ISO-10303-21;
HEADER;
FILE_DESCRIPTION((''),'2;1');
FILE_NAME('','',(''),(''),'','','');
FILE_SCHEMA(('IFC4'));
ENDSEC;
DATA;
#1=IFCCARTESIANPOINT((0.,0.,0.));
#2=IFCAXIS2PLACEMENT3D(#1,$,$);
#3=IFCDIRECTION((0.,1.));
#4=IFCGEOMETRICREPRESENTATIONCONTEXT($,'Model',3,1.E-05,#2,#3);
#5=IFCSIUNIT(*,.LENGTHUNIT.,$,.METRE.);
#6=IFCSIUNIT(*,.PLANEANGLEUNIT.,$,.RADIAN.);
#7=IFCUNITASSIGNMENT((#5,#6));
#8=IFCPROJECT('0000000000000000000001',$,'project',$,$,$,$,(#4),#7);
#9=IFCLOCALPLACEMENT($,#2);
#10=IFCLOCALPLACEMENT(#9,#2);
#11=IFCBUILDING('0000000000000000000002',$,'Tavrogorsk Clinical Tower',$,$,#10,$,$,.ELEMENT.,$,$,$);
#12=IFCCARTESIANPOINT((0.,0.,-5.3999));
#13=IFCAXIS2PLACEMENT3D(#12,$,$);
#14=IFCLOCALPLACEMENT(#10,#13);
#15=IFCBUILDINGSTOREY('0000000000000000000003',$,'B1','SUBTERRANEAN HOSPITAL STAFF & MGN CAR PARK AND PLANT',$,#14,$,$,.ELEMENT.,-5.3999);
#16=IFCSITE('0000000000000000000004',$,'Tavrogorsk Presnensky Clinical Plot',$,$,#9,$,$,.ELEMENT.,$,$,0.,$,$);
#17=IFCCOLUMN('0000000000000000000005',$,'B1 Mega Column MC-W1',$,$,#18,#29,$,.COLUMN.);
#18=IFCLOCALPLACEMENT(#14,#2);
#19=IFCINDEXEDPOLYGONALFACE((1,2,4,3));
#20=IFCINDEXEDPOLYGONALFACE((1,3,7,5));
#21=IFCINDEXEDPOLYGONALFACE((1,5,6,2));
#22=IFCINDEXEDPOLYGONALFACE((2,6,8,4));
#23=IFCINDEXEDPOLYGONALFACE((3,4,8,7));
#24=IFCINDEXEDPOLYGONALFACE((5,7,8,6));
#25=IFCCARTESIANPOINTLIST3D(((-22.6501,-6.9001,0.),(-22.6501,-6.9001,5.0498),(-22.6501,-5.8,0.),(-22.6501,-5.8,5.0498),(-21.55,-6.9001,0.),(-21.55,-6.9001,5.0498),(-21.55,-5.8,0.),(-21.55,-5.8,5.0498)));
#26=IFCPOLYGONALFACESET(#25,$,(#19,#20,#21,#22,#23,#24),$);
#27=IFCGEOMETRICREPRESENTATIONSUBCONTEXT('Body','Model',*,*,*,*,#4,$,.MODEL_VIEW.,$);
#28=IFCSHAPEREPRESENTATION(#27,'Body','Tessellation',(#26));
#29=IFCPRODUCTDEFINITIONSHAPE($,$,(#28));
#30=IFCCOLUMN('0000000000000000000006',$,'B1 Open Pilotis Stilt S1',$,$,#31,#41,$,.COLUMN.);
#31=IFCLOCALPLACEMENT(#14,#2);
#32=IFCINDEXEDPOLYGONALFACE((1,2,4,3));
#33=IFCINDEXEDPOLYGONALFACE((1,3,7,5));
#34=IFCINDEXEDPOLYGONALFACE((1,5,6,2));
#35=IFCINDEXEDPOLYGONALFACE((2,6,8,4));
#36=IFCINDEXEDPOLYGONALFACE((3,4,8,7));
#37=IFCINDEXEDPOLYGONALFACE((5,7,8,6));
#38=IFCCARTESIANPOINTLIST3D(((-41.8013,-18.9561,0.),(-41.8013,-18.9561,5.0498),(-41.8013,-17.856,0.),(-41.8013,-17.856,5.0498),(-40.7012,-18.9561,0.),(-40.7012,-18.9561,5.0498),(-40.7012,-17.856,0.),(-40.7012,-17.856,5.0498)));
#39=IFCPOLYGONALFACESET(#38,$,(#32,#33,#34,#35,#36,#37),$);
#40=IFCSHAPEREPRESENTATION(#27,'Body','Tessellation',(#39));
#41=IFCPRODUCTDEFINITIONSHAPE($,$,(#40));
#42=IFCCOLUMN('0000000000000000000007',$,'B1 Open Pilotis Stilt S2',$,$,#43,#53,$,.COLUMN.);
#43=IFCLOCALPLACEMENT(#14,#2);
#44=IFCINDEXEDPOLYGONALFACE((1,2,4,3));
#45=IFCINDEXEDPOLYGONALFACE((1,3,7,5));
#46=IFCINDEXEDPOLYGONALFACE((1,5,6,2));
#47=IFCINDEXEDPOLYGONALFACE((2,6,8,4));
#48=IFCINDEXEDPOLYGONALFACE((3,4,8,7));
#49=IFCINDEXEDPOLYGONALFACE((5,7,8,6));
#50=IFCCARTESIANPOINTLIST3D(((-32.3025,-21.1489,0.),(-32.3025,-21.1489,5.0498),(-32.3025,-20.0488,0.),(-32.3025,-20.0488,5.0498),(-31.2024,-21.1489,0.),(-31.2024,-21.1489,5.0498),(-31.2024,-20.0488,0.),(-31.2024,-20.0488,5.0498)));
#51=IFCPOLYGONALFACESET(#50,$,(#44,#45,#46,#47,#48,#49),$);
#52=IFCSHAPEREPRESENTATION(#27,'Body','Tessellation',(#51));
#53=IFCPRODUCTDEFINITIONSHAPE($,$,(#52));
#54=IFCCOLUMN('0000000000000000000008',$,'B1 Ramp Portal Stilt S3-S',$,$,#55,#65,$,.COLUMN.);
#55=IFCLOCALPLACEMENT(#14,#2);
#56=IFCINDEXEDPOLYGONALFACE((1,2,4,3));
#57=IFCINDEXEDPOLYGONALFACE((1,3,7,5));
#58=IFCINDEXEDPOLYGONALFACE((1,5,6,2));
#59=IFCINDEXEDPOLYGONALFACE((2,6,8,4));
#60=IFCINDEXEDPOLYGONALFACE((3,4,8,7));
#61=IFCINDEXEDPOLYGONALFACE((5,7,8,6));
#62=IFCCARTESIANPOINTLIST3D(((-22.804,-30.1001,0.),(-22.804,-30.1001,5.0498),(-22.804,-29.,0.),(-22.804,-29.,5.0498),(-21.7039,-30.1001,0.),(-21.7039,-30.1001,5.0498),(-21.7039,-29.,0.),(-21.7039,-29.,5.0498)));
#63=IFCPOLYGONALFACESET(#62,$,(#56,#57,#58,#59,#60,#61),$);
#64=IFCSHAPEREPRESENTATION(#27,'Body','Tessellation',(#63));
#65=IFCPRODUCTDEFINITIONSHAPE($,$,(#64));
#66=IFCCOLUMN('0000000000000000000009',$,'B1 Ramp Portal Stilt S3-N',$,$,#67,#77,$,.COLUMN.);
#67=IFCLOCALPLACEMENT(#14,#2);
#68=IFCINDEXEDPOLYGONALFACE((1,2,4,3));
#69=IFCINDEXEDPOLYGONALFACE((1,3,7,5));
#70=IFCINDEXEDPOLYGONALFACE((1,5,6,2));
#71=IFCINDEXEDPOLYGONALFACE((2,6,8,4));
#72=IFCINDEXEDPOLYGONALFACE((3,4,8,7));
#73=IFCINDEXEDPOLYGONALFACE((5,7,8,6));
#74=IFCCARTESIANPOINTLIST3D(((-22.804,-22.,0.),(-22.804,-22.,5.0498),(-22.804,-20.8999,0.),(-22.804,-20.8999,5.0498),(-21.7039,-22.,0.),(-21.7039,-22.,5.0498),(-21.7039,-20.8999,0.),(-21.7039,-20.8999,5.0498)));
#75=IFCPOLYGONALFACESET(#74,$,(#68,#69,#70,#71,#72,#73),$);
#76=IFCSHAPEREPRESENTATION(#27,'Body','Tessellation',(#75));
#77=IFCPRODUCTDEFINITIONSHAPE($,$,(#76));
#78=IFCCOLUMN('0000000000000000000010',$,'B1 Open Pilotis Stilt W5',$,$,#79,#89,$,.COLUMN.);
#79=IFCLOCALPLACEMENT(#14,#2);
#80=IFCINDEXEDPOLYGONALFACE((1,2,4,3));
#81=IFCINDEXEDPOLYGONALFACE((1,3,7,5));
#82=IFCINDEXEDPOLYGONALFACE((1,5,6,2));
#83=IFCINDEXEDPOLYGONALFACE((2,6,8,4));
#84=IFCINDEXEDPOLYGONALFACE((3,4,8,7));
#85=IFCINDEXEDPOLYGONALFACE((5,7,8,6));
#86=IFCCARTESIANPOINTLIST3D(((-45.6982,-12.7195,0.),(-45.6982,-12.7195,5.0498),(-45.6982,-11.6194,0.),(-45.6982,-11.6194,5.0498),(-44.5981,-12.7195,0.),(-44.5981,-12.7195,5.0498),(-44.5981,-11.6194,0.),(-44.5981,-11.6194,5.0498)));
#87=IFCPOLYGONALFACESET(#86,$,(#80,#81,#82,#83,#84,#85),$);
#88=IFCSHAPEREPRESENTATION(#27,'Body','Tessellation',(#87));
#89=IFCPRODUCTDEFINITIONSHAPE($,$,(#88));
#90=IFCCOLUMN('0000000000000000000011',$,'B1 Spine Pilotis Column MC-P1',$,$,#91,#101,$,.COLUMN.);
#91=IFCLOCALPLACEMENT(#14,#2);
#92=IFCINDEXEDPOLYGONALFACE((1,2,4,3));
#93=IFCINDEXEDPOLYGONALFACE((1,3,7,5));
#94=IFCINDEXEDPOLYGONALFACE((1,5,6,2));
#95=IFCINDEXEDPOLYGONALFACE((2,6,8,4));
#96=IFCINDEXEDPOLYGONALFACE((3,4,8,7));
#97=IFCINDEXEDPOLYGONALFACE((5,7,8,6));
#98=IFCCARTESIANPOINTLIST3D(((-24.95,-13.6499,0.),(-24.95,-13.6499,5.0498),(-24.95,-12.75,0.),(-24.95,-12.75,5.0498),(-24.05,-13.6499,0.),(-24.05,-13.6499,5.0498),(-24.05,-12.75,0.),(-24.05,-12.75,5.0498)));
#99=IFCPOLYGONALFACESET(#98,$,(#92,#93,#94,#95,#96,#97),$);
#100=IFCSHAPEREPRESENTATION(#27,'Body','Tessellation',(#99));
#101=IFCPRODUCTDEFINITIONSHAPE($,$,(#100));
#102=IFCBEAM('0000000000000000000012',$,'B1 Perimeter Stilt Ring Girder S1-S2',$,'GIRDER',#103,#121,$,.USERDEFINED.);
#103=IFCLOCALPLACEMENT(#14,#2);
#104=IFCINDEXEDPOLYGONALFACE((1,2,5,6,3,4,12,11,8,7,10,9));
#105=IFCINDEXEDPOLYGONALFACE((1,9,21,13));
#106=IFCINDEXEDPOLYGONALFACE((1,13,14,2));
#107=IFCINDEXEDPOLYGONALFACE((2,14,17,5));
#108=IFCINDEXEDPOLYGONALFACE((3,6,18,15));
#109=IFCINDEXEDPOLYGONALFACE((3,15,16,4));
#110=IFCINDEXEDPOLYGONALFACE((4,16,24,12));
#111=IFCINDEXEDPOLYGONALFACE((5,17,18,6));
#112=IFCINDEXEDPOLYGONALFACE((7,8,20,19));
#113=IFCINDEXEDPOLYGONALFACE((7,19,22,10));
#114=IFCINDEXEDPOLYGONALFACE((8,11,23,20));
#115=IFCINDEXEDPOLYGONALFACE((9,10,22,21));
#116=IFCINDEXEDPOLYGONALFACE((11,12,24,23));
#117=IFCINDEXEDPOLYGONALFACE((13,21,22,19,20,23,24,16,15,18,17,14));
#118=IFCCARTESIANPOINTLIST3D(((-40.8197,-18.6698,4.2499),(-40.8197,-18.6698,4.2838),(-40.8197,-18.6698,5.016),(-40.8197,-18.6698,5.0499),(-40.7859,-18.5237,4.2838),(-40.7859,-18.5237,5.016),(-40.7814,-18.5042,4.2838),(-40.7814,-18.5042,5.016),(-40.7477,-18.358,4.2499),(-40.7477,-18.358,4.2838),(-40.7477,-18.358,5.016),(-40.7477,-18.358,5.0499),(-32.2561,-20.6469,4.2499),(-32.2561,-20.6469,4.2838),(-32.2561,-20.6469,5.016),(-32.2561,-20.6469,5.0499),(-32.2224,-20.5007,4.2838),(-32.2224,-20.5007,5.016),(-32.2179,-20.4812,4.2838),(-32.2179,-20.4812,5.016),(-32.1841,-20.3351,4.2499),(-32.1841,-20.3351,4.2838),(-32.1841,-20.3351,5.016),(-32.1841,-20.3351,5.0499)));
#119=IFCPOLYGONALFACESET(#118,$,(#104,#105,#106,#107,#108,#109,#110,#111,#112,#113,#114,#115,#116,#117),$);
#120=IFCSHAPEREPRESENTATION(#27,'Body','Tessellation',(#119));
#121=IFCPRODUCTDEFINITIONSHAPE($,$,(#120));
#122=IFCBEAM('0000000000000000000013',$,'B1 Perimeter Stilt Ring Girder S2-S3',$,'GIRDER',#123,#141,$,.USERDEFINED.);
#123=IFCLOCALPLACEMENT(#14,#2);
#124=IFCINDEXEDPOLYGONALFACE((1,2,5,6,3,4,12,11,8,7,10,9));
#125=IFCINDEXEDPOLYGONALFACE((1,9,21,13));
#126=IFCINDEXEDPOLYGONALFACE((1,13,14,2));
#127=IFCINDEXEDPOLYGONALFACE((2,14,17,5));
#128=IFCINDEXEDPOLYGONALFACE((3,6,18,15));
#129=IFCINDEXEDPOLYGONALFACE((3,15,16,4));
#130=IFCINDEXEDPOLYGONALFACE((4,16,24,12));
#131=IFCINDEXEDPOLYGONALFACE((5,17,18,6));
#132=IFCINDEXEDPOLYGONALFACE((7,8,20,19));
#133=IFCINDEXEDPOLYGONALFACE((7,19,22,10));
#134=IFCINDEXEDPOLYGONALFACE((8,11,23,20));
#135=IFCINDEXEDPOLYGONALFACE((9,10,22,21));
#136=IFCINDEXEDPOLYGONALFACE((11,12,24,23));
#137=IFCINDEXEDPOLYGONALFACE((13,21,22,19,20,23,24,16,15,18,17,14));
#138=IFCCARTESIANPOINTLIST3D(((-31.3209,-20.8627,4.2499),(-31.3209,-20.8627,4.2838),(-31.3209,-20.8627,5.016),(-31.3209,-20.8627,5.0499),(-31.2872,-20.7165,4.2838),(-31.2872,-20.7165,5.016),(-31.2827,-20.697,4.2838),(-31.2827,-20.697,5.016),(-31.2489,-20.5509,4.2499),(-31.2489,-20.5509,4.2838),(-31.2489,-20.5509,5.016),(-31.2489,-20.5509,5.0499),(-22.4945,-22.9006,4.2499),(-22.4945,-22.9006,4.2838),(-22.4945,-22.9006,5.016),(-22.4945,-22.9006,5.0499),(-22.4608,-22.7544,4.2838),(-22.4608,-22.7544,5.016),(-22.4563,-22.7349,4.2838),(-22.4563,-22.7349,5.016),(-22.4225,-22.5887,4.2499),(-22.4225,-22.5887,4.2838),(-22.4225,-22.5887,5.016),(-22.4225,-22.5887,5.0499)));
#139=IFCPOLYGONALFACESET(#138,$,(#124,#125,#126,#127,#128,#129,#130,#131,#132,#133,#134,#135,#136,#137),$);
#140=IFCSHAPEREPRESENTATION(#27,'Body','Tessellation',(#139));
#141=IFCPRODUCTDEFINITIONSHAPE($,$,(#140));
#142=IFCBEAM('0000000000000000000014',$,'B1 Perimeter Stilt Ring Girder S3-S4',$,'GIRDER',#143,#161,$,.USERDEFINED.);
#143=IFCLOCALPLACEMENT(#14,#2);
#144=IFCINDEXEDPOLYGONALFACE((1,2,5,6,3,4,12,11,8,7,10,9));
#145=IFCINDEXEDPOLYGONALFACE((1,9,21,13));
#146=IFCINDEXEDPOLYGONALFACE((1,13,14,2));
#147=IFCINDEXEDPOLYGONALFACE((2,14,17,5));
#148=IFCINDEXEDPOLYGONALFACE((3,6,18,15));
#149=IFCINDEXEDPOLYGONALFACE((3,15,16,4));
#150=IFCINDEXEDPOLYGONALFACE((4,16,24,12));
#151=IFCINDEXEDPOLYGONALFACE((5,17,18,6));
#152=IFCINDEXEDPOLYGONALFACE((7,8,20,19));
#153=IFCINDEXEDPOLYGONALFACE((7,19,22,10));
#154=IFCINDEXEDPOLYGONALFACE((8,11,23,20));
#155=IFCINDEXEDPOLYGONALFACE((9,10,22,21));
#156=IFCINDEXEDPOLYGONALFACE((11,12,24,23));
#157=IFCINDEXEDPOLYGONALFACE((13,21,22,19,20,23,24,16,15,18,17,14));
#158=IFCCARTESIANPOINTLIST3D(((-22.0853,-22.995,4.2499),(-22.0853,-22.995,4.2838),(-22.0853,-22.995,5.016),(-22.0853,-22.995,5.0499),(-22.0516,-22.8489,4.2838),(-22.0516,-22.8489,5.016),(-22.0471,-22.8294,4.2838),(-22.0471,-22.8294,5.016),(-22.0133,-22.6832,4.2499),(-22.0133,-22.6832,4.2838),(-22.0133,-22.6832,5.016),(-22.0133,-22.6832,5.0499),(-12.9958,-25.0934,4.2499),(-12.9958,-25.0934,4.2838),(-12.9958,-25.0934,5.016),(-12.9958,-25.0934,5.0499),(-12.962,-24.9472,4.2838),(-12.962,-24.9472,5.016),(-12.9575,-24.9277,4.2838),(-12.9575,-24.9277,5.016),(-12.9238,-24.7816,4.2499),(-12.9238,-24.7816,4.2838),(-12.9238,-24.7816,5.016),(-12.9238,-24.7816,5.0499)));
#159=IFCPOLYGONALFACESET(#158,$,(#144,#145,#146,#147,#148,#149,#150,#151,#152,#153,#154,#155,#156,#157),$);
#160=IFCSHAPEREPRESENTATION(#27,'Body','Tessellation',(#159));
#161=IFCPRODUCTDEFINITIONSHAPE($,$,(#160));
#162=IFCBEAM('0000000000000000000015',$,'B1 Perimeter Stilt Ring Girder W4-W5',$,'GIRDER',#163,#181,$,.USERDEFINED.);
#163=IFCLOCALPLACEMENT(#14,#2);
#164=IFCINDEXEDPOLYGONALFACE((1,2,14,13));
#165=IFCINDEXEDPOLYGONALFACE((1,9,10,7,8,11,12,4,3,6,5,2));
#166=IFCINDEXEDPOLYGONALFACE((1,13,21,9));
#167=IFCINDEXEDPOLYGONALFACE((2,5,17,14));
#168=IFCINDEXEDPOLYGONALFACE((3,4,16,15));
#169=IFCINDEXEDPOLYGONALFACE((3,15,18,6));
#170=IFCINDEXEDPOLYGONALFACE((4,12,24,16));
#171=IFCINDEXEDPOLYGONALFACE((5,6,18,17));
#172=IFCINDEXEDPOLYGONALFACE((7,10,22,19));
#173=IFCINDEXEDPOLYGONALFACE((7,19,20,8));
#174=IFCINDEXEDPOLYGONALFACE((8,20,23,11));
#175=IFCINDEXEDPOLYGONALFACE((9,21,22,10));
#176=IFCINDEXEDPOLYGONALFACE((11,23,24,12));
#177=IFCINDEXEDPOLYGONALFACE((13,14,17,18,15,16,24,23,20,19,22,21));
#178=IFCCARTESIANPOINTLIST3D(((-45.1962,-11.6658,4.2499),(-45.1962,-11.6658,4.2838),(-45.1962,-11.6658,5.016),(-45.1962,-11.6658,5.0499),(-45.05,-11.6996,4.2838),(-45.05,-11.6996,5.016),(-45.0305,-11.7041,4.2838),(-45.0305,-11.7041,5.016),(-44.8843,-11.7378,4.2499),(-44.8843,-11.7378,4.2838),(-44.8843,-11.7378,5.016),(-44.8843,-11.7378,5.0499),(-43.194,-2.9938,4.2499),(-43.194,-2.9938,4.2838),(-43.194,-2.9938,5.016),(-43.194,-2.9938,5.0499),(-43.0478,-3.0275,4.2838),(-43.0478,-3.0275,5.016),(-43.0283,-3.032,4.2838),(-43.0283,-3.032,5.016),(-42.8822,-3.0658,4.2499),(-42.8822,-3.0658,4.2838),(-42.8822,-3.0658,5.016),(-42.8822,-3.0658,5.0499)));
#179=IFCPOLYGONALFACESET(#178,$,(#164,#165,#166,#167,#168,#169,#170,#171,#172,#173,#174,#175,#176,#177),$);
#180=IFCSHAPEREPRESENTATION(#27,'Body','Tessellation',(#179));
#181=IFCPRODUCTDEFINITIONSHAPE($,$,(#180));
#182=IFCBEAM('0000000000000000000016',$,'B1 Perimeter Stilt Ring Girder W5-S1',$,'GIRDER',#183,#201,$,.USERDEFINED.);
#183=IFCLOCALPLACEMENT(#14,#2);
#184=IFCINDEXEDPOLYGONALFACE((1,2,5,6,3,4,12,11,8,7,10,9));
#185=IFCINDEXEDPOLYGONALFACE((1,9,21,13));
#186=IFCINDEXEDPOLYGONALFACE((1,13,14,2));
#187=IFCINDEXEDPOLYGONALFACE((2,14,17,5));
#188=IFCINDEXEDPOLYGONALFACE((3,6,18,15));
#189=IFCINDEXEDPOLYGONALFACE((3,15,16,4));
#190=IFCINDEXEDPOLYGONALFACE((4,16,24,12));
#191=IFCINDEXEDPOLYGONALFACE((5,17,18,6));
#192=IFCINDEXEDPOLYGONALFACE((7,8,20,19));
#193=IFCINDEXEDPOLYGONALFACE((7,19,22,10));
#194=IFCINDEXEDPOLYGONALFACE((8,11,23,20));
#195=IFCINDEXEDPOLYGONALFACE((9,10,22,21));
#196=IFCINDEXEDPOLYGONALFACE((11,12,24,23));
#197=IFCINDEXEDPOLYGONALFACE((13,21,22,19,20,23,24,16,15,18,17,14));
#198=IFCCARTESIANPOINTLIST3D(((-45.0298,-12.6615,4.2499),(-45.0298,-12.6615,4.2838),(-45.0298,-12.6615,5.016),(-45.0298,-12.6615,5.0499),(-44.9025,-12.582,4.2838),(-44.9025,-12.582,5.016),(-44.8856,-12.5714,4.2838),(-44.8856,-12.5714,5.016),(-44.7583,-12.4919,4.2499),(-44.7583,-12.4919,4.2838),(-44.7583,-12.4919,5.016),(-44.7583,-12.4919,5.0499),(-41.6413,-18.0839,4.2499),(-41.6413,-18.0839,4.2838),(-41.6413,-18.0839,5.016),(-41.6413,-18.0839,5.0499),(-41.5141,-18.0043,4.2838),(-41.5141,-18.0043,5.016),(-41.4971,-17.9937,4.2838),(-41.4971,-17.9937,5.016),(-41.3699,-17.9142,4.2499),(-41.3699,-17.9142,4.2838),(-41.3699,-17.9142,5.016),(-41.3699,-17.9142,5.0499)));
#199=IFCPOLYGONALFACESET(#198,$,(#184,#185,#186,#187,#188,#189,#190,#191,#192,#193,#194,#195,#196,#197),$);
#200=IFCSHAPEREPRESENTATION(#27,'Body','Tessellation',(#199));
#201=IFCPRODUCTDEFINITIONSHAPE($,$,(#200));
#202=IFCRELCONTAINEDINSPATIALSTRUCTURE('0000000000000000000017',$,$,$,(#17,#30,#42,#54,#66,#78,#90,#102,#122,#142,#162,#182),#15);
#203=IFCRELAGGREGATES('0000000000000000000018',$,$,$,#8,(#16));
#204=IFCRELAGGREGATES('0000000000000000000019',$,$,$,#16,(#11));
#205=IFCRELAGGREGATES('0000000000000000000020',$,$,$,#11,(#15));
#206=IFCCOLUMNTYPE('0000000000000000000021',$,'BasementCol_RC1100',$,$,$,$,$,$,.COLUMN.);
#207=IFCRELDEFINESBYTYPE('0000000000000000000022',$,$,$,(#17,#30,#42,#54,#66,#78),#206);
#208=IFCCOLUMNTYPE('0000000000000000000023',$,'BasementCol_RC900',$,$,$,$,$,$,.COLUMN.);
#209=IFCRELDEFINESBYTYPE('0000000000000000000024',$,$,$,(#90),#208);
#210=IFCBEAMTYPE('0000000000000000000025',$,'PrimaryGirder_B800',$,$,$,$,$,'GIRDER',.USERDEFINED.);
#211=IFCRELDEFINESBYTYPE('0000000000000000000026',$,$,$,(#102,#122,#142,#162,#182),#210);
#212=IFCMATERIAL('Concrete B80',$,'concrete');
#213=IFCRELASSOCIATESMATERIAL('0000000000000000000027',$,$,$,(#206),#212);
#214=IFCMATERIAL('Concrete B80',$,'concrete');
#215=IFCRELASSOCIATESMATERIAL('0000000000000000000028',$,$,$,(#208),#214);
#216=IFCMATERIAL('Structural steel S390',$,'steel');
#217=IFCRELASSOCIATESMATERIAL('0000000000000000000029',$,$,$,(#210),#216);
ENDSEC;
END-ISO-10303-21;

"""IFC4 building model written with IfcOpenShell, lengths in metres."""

from ifc_helpers import new_model, si_unit, direction, frame, origin, origin_2d, place, context, subcontext, project, spatial, rectangle, i_section, extrude, material, material_profile, profile_set, type_object, element, save


model = new_model("IFC4")

# Units and contexts
model_context = context("Model", 3, precision=1e-05, world=origin(), true_north=direction((0.0, 1.0)))
body_context = subcontext(model_context, "Body", "Model", "MODEL_VIEW")
ifc_project = project(units=[si_unit("LENGTHUNIT", "METRE"), si_unit("PLANEANGLEUNIT", "RADIAN")], contexts=[model_context])

# Site, building, storey
site_placement = place(None, origin())
site = spatial("IfcSite", under=ifc_project, at=site_placement, Name="Tavrogorsk Presnensky Clinical Plot", CompositionType="ELEMENT", RefElevation=0.0)
building_placement = place(site_placement, origin())
building = spatial("IfcBuilding", under=site, at=building_placement, Name="Tavrogorsk Clinical Tower", CompositionType="ELEMENT")
storey_placement = place(building_placement, frame((0.0, 0.0, -5.3999)))
storey = spatial("IfcBuildingStorey", under=building, at=storey_placement, Name="B1", Description="SUBTERRANEAN HOSPITAL STAFF & MGN CAR PARK AND PLANT", CompositionType="ELEMENT", Elevation=-5.3999)

# Columns
ifc_material_1 = material(Name="Concrete B80", Category="concrete")
ifc_material_profile_1 = material_profile(ifc_material_1, rectangle(XDim=1.1001, YDim=1.1001, at=origin_2d()), Name="RC-COL-1100x1100")
ifc_profile_set_1 = profile_set([ifc_material_profile_1], Name="Concrete B80")
column_type_1 = type_object("IfcColumnType", Name="BasementCol_RC1100", PredefinedType="COLUMN", material=ifc_profile_set_1)
for number, where, z_axis, x_axis, name in (
    (1, (-22.1001, -6.3501, 0.0), (0.0, 0.0, 1.0), (1.0, 0.0, 0.0), "B1 Mega Column MC-W1"),
    (2, (-41.2512, -18.406, 0.0), (0.0, 0.0, 1.0), (1.0, 0.0, 0.0), "B1 Open Pilotis Stilt S1"),
    (3, (-31.7524, -20.5989, 0.0), (0.0, 0.0, 1.0), (1.0, 0.0, 0.0), "B1 Open Pilotis Stilt S2"),
    (4, (-22.2539, -29.55, 0.0), (0.0, 0.0, 1.0), (1.0, 0.0, 0.0), "B1 Ramp Portal Stilt S3-S"),
    (5, (-22.2539, -21.45, 0.0), (0.0, 0.0, 1.0), (1.0, 0.0, 0.0), "B1 Ramp Portal Stilt S3-N"),
    (6, (-45.1482, -12.1694, 0.0), (0.0, 0.0, 1.0), (1.0, 0.0, 0.0), "B1 Open Pilotis Stilt W5"),
):
    element("IfcColumn", number, at=place(storey_placement, frame(where, z_axis=z_axis, x_axis=x_axis)), inside=storey, type_object=column_type_1, Name=name, PredefinedType="COLUMN", context=body_context, shape_type="SweptSolid", body=[
        extrude(rectangle(XDim=1.1001, YDim=1.1001, at=origin_2d()), origin(), (0.0, 0.0, 1.0), 5.0498),
    ])
ifc_material_2 = material(Name="Concrete B80", Category="concrete")
ifc_material_profile_2 = material_profile(ifc_material_2, rectangle(XDim=0.8999, YDim=0.8999, at=origin_2d()), Name="RC-COL-900x900")
ifc_profile_set_2 = profile_set([ifc_material_profile_2], Name="Concrete B80")
column_type_2 = type_object("IfcColumnType", Name="BasementCol_RC900", PredefinedType="COLUMN", material=ifc_profile_set_2)
column_placement = place(storey_placement, frame((-24.5, -13.2, 0.0), z_axis=(0.0, 0.0, 1.0), x_axis=(1.0, 0.0, 0.0)))
element("IfcColumn", 7, at=column_placement, inside=storey, type_object=column_type_2, Name="B1 Spine Pilotis Column MC-P1", PredefinedType="COLUMN", context=body_context, shape_type="SweptSolid", body=[
    extrude(rectangle(XDim=0.8999, YDim=0.8999, at=origin_2d()), origin(), (0.0, 0.0, 1.0), 5.0498),
])

# Beams
ifc_material_3 = material(Name="Structural steel S390", Category="steel")
ifc_material_profile_3 = material_profile(ifc_material_3, i_section(OverallWidth=0.3201, OverallDepth=0.8, WebThickness=0.02, FlangeThickness=0.0339, at=origin_2d()), Name="B-800x320x20x34")
ifc_profile_set_3 = profile_set([ifc_material_profile_3], Name="Structural steel S390")
beam_type_1 = type_object("IfcBeamType", Name="PrimaryGirder_B800", ElementType="GIRDER", PredefinedType="USERDEFINED", material=ifc_profile_set_3)
beam_1_placement = place(storey_placement, frame((-40.7837, -18.5139, 4.6499), z_axis=(0.97437, -0.224953, 0.0), x_axis=(0.224953, 0.97437, 0.0)))
element("IfcBeam", 8, at=beam_1_placement, inside=storey, type_object=beam_type_1, Name="B1 Perimeter Stilt Ring Girder S1-S2", ObjectType="GIRDER", PredefinedType="USERDEFINED", context=body_context, shape_type="SweptSolid", body=[
    extrude(i_section(OverallWidth=0.3201, OverallDepth=0.8, WebThickness=0.02, FlangeThickness=0.0339, at=origin_2d()), origin(), (0.0, 0.0, 1.0), 8.7888),
])
beam_2_placement = place(storey_placement, frame((-31.2849, -20.7068, 4.6499), z_axis=(0.974368, -0.224962, 0.0), x_axis=(0.224962, 0.974368, 0.0)))
element("IfcBeam", 9, at=beam_2_placement, inside=storey, type_object=beam_type_1, Name="B1 Perimeter Stilt Ring Girder S2-S3", ObjectType="GIRDER", PredefinedType="USERDEFINED", context=body_context, shape_type="SweptSolid", body=[
    extrude(i_section(OverallWidth=0.3201, OverallDepth=0.8, WebThickness=0.02, FlangeThickness=0.0339, at=origin_2d()), origin(), (0.0, 0.0, 1.0), 9.0586),
])
beam_3_placement = place(storey_placement, frame((-22.0493, -22.8391, 4.6499), z_axis=(0.974373, -0.22494, 0.0), x_axis=(0.22494, 0.974373, 0.0)))
element("IfcBeam", 10, at=beam_3_placement, inside=storey, type_object=beam_type_1, Name="B1 Perimeter Stilt Ring Girder S3-S4", ObjectType="GIRDER", PredefinedType="USERDEFINED", context=body_context, shape_type="SweptSolid", body=[
    extrude(i_section(OverallWidth=0.3201, OverallDepth=0.8, WebThickness=0.02, FlangeThickness=0.0339, at=origin_2d()), origin(), (0.0, 0.0, 1.0), 9.3286),
])
beam_4_placement = place(storey_placement, frame((-43.0381, -3.0298, 4.6499), z_axis=(-0.22496, -0.974368, 0.0), x_axis=(0.974368, -0.22496, 0.0)))
element("IfcBeam", 11, at=beam_4_placement, inside=storey, type_object=beam_type_1, Name="B1 Perimeter Stilt Ring Girder W4-W5", ObjectType="GIRDER", PredefinedType="USERDEFINED", context=body_context, shape_type="SweptSolid", body=[
    extrude(i_section(OverallWidth=0.3201, OverallDepth=0.8, WebThickness=0.02, FlangeThickness=0.0339, at=origin_2d()), origin(), (0.0, 0.0, 1.0), 8.9001),
])
beam_5_placement = place(storey_placement, frame((-44.894, -12.5767, 4.6499), z_axis=(0.529937, -0.848037, 0.0), x_axis=(0.848037, 0.529937, 0.0)))
element("IfcBeam", 12, at=beam_5_placement, inside=storey, type_object=beam_type_1, Name="B1 Perimeter Stilt Ring Girder W5-S1", ObjectType="GIRDER", PredefinedType="USERDEFINED", context=body_context, shape_type="SweptSolid", body=[
    extrude(i_section(OverallWidth=0.3201, OverallDepth=0.8, WebThickness=0.02, FlangeThickness=0.0339, at=origin_2d()), origin(), (0.0, 0.0, 1.0), 6.394),
])

save(model, "model.ifc")
